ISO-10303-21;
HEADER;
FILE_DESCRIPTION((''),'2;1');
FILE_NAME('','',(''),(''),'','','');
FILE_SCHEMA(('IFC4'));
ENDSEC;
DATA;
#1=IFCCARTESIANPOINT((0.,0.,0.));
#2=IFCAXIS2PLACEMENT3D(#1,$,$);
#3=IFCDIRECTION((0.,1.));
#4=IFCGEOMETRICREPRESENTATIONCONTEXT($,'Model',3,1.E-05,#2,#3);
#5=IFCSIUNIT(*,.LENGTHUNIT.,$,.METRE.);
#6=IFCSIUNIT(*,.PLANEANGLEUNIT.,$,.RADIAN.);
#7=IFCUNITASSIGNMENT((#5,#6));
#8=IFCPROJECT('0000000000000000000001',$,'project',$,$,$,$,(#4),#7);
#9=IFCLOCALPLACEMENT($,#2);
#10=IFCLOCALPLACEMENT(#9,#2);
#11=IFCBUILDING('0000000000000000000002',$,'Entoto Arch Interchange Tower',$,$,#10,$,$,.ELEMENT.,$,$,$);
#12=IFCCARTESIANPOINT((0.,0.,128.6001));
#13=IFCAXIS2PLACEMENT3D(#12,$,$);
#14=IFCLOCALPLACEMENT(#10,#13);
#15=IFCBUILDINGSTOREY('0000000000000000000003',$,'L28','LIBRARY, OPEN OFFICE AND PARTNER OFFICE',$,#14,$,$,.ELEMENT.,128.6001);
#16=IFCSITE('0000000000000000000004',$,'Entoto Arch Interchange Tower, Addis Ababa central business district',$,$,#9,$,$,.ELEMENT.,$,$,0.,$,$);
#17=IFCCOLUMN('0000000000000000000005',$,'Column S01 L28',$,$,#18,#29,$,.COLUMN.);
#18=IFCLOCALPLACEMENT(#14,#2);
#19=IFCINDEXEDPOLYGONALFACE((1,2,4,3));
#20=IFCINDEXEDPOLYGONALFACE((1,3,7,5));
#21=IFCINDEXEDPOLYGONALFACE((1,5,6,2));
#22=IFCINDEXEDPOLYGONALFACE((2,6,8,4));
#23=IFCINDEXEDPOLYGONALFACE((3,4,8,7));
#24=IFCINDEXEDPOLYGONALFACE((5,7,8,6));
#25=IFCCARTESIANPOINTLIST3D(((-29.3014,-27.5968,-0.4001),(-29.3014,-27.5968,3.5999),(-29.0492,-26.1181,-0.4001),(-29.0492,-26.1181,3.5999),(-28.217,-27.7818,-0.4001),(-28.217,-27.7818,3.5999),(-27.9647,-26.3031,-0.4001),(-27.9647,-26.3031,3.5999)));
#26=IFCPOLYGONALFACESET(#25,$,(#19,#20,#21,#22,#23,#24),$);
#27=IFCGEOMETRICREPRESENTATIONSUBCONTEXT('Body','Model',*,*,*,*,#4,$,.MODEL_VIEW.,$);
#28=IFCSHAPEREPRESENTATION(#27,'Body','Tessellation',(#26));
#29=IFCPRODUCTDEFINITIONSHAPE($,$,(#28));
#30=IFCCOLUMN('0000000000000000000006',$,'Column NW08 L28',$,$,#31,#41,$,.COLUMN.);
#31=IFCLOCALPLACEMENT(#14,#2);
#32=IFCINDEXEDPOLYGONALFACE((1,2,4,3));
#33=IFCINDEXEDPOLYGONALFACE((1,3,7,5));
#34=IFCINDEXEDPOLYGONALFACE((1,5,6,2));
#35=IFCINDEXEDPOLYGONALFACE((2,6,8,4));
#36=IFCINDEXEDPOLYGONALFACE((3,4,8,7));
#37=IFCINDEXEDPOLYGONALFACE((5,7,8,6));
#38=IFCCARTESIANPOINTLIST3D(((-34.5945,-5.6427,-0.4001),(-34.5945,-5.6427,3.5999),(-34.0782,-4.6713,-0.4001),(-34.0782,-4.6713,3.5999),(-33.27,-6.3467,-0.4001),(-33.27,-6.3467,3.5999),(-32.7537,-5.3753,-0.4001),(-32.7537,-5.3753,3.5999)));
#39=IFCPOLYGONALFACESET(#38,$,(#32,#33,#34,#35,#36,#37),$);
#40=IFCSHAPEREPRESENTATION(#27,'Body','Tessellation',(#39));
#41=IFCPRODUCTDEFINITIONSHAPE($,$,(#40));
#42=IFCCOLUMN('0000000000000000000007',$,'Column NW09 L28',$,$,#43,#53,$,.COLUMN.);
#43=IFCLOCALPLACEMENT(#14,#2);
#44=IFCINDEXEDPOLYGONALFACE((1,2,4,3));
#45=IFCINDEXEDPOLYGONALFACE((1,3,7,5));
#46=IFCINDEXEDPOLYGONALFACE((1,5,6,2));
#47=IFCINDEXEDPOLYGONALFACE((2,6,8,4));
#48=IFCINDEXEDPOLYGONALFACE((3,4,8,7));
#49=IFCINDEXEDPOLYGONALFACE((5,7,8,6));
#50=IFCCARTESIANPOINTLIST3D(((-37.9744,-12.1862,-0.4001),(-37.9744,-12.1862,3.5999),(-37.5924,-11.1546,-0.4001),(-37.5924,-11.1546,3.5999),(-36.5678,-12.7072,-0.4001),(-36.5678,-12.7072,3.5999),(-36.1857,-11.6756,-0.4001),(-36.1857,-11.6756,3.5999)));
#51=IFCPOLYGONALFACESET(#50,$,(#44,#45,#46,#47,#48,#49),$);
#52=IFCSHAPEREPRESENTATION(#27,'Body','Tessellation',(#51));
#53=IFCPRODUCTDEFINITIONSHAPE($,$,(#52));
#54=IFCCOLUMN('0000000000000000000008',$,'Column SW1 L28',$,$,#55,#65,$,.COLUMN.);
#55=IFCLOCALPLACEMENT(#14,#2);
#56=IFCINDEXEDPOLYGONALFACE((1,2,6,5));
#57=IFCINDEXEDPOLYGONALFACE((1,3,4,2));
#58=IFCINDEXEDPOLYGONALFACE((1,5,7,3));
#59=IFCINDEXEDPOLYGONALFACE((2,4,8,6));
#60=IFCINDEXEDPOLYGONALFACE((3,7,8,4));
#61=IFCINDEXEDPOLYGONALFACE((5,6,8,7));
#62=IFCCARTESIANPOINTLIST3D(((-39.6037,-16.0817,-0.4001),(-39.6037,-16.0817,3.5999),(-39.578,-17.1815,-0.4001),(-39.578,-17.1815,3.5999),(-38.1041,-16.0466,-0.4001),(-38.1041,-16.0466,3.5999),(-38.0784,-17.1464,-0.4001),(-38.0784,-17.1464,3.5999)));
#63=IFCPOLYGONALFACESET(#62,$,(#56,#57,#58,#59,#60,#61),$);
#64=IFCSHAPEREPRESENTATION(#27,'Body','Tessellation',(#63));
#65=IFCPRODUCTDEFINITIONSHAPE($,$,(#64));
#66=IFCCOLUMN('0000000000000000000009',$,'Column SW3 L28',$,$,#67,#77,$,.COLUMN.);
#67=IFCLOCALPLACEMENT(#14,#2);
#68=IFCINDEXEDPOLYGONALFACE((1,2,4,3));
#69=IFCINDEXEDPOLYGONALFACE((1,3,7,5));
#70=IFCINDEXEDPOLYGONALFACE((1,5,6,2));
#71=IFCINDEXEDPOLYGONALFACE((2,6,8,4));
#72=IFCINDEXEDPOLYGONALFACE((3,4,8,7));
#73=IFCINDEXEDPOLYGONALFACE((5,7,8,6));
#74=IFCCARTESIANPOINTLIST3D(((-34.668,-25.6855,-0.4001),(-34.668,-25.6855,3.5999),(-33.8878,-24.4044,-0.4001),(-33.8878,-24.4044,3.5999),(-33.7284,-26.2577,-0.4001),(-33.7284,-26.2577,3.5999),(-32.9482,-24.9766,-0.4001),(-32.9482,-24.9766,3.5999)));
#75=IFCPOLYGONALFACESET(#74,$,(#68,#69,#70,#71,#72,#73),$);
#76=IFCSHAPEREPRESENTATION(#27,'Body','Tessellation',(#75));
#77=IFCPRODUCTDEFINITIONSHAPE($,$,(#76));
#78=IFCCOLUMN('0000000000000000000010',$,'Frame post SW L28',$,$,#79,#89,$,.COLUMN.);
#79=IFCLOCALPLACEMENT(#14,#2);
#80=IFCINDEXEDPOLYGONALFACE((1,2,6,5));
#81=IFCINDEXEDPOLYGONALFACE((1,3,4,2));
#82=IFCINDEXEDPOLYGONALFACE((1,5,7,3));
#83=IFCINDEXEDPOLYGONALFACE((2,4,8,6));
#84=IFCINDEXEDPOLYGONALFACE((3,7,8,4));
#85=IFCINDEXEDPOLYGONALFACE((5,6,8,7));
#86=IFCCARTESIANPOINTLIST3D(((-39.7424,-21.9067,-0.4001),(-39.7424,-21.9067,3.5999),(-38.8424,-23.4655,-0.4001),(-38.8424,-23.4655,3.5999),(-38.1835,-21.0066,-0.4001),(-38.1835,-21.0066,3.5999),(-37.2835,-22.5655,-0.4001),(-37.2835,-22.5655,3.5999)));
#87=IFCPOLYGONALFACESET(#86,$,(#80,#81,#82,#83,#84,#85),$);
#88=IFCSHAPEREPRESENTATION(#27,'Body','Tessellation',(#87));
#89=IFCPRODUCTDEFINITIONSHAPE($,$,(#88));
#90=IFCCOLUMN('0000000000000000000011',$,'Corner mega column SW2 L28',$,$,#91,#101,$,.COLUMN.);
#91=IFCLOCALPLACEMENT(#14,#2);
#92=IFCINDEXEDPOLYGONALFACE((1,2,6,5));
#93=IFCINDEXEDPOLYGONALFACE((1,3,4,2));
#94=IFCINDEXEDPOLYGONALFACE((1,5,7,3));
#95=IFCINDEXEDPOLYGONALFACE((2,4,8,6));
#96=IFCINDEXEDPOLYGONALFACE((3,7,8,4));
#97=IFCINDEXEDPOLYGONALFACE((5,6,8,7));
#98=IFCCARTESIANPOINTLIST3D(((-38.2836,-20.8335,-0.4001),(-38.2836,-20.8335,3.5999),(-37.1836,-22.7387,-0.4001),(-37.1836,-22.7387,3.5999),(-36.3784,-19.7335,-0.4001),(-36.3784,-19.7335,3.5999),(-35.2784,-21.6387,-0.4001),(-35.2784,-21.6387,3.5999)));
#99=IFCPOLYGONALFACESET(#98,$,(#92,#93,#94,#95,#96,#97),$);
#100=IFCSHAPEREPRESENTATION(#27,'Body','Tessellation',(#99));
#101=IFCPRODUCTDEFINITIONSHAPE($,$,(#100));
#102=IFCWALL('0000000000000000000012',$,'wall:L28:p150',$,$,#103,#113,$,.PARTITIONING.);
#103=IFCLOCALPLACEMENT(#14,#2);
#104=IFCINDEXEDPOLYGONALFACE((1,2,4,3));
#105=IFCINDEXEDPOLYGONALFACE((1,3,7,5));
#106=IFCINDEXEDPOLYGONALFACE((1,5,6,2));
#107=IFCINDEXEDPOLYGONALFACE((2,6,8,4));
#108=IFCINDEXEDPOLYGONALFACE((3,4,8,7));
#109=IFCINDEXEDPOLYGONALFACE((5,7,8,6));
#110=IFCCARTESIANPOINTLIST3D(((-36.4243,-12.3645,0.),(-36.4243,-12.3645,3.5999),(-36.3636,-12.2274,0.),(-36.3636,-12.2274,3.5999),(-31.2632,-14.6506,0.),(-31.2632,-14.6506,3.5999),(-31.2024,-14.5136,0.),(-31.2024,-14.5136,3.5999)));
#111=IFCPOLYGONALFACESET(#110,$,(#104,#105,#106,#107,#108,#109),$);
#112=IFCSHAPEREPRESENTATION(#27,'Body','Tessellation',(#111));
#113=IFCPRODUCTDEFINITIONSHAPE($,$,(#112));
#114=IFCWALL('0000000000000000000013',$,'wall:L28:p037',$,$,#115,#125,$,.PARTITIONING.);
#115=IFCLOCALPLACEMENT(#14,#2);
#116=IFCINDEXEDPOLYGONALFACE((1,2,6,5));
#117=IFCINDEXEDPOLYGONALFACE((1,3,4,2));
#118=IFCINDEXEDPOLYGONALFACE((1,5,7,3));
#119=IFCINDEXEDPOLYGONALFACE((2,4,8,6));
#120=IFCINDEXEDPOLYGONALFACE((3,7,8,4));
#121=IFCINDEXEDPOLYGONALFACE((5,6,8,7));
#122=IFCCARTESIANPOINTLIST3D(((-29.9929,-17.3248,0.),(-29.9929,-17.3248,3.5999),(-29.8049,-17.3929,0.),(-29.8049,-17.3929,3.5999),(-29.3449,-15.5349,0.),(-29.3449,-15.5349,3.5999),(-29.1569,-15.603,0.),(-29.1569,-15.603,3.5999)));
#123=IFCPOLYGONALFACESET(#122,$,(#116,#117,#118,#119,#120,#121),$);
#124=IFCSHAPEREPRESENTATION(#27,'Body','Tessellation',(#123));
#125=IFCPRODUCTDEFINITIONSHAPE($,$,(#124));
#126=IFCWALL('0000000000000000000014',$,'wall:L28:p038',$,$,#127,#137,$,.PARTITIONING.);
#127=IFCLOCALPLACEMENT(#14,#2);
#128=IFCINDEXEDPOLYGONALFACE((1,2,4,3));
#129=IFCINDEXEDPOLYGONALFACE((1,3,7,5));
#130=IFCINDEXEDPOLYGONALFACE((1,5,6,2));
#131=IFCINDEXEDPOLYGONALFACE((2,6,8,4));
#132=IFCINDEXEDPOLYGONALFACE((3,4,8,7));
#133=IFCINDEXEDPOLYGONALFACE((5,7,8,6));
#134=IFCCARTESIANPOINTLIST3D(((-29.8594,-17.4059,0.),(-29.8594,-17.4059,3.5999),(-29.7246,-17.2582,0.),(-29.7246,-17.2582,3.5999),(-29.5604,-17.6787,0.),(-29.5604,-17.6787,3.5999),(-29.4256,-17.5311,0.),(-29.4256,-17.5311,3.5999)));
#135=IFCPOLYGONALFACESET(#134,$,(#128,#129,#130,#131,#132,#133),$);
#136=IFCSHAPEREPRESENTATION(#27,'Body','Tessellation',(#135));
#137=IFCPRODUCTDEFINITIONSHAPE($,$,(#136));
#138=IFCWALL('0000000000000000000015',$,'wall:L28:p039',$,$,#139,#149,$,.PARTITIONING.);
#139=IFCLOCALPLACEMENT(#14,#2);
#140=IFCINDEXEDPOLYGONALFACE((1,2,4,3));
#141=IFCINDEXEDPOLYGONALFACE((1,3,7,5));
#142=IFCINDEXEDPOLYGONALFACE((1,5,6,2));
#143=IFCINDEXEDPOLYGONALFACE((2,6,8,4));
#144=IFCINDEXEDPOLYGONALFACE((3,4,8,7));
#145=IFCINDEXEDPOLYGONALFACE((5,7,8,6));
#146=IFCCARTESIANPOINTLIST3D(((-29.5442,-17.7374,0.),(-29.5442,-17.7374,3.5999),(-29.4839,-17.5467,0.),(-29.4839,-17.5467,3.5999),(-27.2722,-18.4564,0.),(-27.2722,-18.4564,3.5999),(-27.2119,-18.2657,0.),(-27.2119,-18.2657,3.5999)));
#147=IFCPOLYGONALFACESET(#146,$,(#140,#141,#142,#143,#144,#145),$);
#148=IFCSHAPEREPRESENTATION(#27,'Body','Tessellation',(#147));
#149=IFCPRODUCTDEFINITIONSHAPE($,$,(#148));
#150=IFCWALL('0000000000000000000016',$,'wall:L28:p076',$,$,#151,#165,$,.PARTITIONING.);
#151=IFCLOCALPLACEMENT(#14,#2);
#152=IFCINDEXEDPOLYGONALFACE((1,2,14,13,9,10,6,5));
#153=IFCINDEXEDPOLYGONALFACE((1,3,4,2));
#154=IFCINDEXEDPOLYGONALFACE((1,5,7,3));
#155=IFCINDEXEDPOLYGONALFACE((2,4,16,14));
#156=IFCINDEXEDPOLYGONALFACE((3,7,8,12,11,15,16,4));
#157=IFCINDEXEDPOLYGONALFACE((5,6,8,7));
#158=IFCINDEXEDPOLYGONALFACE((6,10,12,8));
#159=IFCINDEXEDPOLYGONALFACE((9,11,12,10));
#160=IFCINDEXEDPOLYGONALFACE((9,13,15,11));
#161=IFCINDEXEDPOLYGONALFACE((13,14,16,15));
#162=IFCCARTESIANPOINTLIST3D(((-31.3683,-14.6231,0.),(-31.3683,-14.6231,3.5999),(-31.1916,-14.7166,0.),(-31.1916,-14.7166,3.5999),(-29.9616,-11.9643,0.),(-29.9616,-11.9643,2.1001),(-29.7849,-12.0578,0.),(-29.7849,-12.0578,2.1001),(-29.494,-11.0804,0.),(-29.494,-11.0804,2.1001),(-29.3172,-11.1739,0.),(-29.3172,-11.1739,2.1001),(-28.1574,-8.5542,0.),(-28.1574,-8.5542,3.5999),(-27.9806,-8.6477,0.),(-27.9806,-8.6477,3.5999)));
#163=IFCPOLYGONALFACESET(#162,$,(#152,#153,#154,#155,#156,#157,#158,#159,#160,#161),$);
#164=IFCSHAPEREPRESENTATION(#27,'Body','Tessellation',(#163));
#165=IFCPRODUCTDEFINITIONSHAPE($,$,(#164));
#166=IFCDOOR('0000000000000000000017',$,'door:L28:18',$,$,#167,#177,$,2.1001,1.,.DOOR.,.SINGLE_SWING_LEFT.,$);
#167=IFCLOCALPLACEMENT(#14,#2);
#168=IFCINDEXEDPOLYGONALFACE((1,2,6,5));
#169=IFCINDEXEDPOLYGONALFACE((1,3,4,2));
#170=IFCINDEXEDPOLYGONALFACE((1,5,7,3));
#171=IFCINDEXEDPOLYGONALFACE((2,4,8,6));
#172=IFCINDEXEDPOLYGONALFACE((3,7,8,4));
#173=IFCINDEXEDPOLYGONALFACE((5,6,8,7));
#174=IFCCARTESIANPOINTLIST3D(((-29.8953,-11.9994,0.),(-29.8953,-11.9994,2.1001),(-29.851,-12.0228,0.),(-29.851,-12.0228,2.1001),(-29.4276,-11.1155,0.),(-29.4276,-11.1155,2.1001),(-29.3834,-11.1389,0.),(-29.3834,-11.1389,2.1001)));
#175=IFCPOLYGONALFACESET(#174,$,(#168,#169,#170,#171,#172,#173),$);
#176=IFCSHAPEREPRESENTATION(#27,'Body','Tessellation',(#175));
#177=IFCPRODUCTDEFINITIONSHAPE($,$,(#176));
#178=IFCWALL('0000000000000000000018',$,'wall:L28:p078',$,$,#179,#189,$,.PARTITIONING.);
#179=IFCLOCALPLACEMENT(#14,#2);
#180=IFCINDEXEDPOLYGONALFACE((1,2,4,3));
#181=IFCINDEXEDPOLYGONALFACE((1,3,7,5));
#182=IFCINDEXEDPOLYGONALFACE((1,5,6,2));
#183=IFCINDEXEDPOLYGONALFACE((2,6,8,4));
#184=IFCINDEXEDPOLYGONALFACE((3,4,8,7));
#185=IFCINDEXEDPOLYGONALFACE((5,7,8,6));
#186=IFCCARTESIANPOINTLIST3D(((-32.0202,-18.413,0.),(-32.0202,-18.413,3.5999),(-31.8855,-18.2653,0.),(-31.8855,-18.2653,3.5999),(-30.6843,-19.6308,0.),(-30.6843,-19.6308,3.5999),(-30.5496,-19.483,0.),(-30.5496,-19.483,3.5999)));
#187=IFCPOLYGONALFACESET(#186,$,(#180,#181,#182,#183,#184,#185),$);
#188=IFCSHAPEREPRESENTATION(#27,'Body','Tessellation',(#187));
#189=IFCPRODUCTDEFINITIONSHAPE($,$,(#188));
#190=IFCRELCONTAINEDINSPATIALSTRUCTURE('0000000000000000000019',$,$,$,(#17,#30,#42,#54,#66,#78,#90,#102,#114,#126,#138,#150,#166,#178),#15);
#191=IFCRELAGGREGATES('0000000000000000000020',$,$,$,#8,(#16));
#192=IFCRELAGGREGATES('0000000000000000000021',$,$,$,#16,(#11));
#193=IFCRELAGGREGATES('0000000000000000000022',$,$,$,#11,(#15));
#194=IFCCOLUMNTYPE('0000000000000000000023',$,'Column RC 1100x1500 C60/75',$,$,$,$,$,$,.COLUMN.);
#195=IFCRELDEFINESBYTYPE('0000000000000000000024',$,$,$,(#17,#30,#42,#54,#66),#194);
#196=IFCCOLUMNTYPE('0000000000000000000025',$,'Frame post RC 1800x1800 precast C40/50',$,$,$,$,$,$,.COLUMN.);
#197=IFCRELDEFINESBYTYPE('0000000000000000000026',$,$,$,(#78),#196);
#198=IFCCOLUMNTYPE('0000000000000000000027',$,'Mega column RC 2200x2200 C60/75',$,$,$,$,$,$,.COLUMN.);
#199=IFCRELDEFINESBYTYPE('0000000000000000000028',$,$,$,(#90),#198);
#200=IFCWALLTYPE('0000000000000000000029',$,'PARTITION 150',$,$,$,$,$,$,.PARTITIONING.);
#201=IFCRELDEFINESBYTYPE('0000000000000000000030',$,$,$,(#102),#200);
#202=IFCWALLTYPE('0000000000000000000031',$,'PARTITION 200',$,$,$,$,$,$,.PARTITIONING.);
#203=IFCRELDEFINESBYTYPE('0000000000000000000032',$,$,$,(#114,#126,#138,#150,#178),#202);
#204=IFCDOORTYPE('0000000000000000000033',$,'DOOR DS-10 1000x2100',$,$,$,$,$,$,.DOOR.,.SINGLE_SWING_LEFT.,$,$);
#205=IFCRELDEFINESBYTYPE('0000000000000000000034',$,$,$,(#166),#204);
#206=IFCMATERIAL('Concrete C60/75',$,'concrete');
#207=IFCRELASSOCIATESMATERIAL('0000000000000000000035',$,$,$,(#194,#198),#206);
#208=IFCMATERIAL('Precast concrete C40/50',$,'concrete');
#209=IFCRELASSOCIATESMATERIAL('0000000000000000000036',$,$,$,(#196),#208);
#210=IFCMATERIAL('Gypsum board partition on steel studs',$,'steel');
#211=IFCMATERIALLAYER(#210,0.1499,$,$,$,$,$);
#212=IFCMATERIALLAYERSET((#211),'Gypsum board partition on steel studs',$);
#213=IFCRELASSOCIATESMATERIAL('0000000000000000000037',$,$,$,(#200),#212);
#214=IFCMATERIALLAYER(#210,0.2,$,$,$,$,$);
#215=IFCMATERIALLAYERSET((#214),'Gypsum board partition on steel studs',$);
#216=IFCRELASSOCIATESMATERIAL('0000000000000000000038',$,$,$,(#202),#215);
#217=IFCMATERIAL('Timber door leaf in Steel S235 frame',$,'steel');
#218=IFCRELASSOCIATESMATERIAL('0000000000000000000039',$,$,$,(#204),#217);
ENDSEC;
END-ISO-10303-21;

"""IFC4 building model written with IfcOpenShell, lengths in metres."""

from ifc_helpers import new_model, si_unit, direction, frame, frame_2d, origin, origin_2d, place, context, subcontext, project, spatial, rectangle, extrude, material, layer, layer_set, material_profile, profile_set, type_object, element, fill, save


model = new_model("IFC4")

# Units and contexts
model_context = context("Model", 3, precision=1e-05, world=origin(), true_north=direction((0.0, 1.0)))
body_context = subcontext(model_context, "Body", "Model", "MODEL_VIEW")
ifc_project = project(units=[si_unit("LENGTHUNIT", "METRE"), si_unit("PLANEANGLEUNIT", "RADIAN")], contexts=[model_context])

# Site, building, storey
site_placement = place(None, origin())
site = spatial("IfcSite", under=ifc_project, at=site_placement, Name="Entoto Arch Interchange Tower, Addis Ababa central business district", CompositionType="ELEMENT", RefElevation=0.0)
building_placement = place(site_placement, origin())
building = spatial("IfcBuilding", under=site, at=building_placement, Name="Entoto Arch Interchange Tower", CompositionType="ELEMENT")
storey_placement = place(building_placement, frame((0.0, 0.0, 128.6001)))
storey = spatial("IfcBuildingStorey", under=building, at=storey_placement, Name="L28", Description="LIBRARY, OPEN OFFICE AND PARTNER OFFICE", CompositionType="ELEMENT", Elevation=128.6001)

# Columns
ifc_material_1 = material(Name="Concrete C60/75", Category="concrete")
ifc_material_profile_1 = material_profile(ifc_material_1, rectangle(XDim=1.1001, YDim=1.5, at=origin_2d()))
ifc_profile_set_1 = profile_set([ifc_material_profile_1], Name="Concrete C60/75")
column_type_1 = type_object("IfcColumnType", Name="Column RC 1100x1500 C60/75", PredefinedType="COLUMN", material=ifc_profile_set_1)
for number, where, z_axis, x_axis, name in (
    (1, (-28.6331, -26.95, -0.4001), (0.0, 0.0, 1.0), (-0.985759, 0.168162, 0.0), "Column S01 L28"),
    (2, (-33.6741, -5.509, -0.4001), (0.0, 0.0, 1.0), (0.469333, 0.883021, 0.0), "Column NW08 L28"),
    (3, (-37.0801, -11.9309, -0.4001), (0.0, 0.0, 1.0), (0.347312, 0.93775, 0.0), "Column NW09 L28"),
    (4, (-38.8411, -16.614, -0.4001), (0.0, 0.0, 1.0), (-0.023385, 0.999727, 0.0), "Column SW1 L28"),
    (5, (-33.8081, -25.3311, -0.4001), (0.0, 0.0, 1.0), (-0.854096, 0.520116, 0.0), "Column SW3 L28"),
):
    element("IfcColumn", number, at=place(storey_placement, frame(where, z_axis=z_axis, x_axis=x_axis)), inside=storey, type_object=column_type_1, Name=name, PredefinedType="COLUMN", context=body_context, shape_type="SweptSolid", body=[
        extrude(rectangle(XDim=1.1001, YDim=1.5, at=origin_2d()), origin(), (0.0, 0.0, 1.0), 4.0),
    ])
ifc_material_2 = material(Name="Precast concrete C40/50", Category="concrete")
ifc_material_profile_2 = material_profile(ifc_material_2, rectangle(XDim=1.8, YDim=1.8, at=origin_2d()))
ifc_profile_set_2 = profile_set([ifc_material_profile_2], Name="Precast concrete C40/50")
column_type_2 = type_object("IfcColumnType", Name="Frame post RC 1800x1800 precast C40/50", PredefinedType="COLUMN", material=ifc_profile_set_2)
column_1_placement = place(storey_placement, frame((-38.5129, -22.2361, -0.4001), z_axis=(0.0, 0.0, 1.0), x_axis=(0.866025, 0.5, 0.0)))
element("IfcColumn", 6, at=column_1_placement, inside=storey, type_object=column_type_2, Name="Frame post SW L28", PredefinedType="COLUMN", context=body_context, shape_type="SweptSolid", body=[
    extrude(rectangle(XDim=1.8, YDim=1.8, at=origin_2d()), origin(), (0.0, 0.0, 1.0), 4.0),
])
ifc_material_profile_3 = material_profile(ifc_material_1, rectangle(XDim=2.2, YDim=2.2, at=origin_2d()))
ifc_profile_set_3 = profile_set([ifc_material_profile_3], Name="Concrete C60/75")
column_type_3 = type_object("IfcColumnType", Name="Mega column RC 2200x2200 C60/75", PredefinedType="COLUMN", material=ifc_profile_set_3)
column_2_placement = place(storey_placement, frame((-36.781, -21.2361, -0.4001), z_axis=(0.0, 0.0, 1.0), x_axis=(0.866025, 0.5, 0.0)))
element("IfcColumn", 7, at=column_2_placement, inside=storey, type_object=column_type_3, Name="Corner mega column SW2 L28", PredefinedType="COLUMN", context=body_context, shape_type="SweptSolid", body=[
    extrude(rectangle(XDim=2.2, YDim=2.2, at=origin_2d()), origin(), (0.0, 0.0, 1.0), 4.0),
])

# Walls
ifc_material_3 = material(Name="Gypsum board partition on steel studs", Category="steel")
ifc_layer_1 = layer(ifc_material_3, 0.1499)
ifc_layer_set_1 = layer_set([ifc_layer_1], Name="Gypsum board partition on steel studs")
wall_type_1 = type_object("IfcWallType", Name="PARTITION 150", PredefinedType="PARTITIONING", material=ifc_layer_set_1)
wall_1_placement = place(storey_placement, frame((-31.2329, -14.582, 0.0), z_axis=(0.0, 0.0, 1.0), x_axis=(-0.914317, 0.404998, 0.0)))
element("IfcWall", 8, at=wall_1_placement, inside=storey, type_object=wall_type_1, Name="wall:L28:p150", PredefinedType="PARTITIONING", context=body_context, shape_type="SweptSolid", body=[
    extrude(rectangle(XDim=5.6448, YDim=0.1499, at=frame_2d((2.8223, 0.0))), origin(), (0.0, 0.0, 1.0), 3.5999),
])
ifc_layer_2 = layer(ifc_material_3, 0.2)
ifc_layer_set_2 = layer_set([ifc_layer_2], Name="Gypsum board partition on steel studs")
wall_type_2 = type_object("IfcWallType", Name="PARTITION 200", PredefinedType="PARTITIONING", material=ifc_layer_set_2)
wall_2_placement = place(storey_placement, frame((-29.251, -15.5691, 0.0), z_axis=(0.0, 0.0, 1.0), x_axis=(-0.340404, -0.940279, 0.0)))
element("IfcWall", 9, at=wall_2_placement, inside=storey, type_object=wall_type_2, Name="wall:L28:p037", PredefinedType="PARTITIONING", context=body_context, shape_type="SweptSolid", body=[
    extrude(rectangle(XDim=1.9036, YDim=0.2, at=frame_2d((0.9517, 0.0))), origin(), (0.0, 0.0, 1.0), 3.5999),
])
wall_3_placement = place(storey_placement, frame((-29.792, -17.332, 0.0), z_axis=(0.0, 0.0, 1.0), x_axis=(0.738629, -0.674112, 0.0)))
element("IfcWall", 10, at=wall_3_placement, inside=storey, type_object=wall_type_2, Name="wall:L28:p038", PredefinedType="PARTITIONING", context=body_context, shape_type="SweptSolid", body=[
    extrude(rectangle(XDim=0.4048, YDim=0.2, at=frame_2d((0.2024, 0.0))), origin(), (0.0, 0.0, 1.0), 3.5999),
])
wall_4_placement = place(storey_placement, frame((-29.5139, -17.6421, 0.0), z_axis=(0.0, 0.0, 1.0), x_axis=(0.953398, -0.301715, 0.0)))
element("IfcWall", 11, at=wall_4_placement, inside=storey, type_object=wall_type_2, Name="wall:L28:p039", PredefinedType="PARTITIONING", context=body_context, shape_type="SweptSolid", body=[
    extrude(rectangle(XDim=2.3831, YDim=0.2, at=frame_2d((1.1914, 0.0))), origin(), (0.0, 0.0, 1.0), 3.5999),
])

# Wall, opening, door
wall_5_placement = place(storey_placement, frame((-31.28, -14.6699, 0.0), z_axis=(0.0, 0.0, 1.0), x_axis=(0.467662, 0.883907, 0.0)))
wall_5 = element("IfcWall", 12, at=wall_5_placement, inside=storey, type_object=wall_type_2, Name="wall:L28:p076", PredefinedType="PARTITIONING", context=body_context, shape_type="SweptSolid", body=[
    extrude(rectangle(XDim=6.866, YDim=0.2, at=frame_2d((3.4331, 0.0))), origin(), (0.0, 0.0, 1.0), 3.5999),
])
opening_1_placement = place(wall_5_placement, frame((3.0081, 0.0, 0.0)))
opening_1 = element("IfcOpeningElement", 13, at=opening_1_placement, cuts=wall_5, PredefinedType="OPENING", context=body_context, shape_type="SweptSolid", body=[
    extrude(rectangle(XDim=1.0, YDim=2.1001, at=frame_2d((0.5, 1.05))), frame((0.0, 0.1099, 0.0), z_axis=(0.0, -1.0, 0.0), x_axis=(1.0, 0.0, 0.0)), (0.0, 0.0, 1.0), 0.22),
])
ifc_material_4 = material(Name="Timber door leaf in Steel S235 frame", Category="steel")
door_type = type_object("IfcDoorType", Name="DOOR DS-10 1000x2100", OperationType="SINGLE_SWING_LEFT", PredefinedType="DOOR", material=ifc_material_4)
door_placement = place(opening_1_placement, origin())
door = element("IfcDoor", 14, at=door_placement, inside=storey, type_object=door_type, Name="door:L28:18", OperationType="SINGLE_SWING_LEFT", OverallHeight=2.1001, OverallWidth=1.0, PredefinedType="DOOR", context=body_context, shape_type="SweptSolid", body=[
    extrude(rectangle(XDim=1.0, YDim=2.1001, at=frame_2d((0.5, 1.05))), frame((0.0, 0.0249, 0.0), z_axis=(0.0, -1.0, 0.0), x_axis=(1.0, 0.0, 0.0)), (0.0, 0.0, 1.0), 0.05),
])
fill(opening_1, door)

# Wall
wall_6_placement = place(storey_placement, frame((-30.6169, -19.5569, 0.0), z_axis=(0.0, 0.0, 1.0), x_axis=(-0.739035, 0.673667, 0.0)))
element("IfcWall", 15, at=wall_6_placement, inside=storey, type_object=wall_type_2, Name="wall:L28:p078", PredefinedType="PARTITIONING", context=body_context, shape_type="SweptSolid", body=[
    extrude(rectangle(XDim=1.8076, YDim=0.2, at=frame_2d((0.9038, 0.0))), origin(), (0.0, 0.0, 1.0), 3.5999),
])

save(model, "model.ifc")
